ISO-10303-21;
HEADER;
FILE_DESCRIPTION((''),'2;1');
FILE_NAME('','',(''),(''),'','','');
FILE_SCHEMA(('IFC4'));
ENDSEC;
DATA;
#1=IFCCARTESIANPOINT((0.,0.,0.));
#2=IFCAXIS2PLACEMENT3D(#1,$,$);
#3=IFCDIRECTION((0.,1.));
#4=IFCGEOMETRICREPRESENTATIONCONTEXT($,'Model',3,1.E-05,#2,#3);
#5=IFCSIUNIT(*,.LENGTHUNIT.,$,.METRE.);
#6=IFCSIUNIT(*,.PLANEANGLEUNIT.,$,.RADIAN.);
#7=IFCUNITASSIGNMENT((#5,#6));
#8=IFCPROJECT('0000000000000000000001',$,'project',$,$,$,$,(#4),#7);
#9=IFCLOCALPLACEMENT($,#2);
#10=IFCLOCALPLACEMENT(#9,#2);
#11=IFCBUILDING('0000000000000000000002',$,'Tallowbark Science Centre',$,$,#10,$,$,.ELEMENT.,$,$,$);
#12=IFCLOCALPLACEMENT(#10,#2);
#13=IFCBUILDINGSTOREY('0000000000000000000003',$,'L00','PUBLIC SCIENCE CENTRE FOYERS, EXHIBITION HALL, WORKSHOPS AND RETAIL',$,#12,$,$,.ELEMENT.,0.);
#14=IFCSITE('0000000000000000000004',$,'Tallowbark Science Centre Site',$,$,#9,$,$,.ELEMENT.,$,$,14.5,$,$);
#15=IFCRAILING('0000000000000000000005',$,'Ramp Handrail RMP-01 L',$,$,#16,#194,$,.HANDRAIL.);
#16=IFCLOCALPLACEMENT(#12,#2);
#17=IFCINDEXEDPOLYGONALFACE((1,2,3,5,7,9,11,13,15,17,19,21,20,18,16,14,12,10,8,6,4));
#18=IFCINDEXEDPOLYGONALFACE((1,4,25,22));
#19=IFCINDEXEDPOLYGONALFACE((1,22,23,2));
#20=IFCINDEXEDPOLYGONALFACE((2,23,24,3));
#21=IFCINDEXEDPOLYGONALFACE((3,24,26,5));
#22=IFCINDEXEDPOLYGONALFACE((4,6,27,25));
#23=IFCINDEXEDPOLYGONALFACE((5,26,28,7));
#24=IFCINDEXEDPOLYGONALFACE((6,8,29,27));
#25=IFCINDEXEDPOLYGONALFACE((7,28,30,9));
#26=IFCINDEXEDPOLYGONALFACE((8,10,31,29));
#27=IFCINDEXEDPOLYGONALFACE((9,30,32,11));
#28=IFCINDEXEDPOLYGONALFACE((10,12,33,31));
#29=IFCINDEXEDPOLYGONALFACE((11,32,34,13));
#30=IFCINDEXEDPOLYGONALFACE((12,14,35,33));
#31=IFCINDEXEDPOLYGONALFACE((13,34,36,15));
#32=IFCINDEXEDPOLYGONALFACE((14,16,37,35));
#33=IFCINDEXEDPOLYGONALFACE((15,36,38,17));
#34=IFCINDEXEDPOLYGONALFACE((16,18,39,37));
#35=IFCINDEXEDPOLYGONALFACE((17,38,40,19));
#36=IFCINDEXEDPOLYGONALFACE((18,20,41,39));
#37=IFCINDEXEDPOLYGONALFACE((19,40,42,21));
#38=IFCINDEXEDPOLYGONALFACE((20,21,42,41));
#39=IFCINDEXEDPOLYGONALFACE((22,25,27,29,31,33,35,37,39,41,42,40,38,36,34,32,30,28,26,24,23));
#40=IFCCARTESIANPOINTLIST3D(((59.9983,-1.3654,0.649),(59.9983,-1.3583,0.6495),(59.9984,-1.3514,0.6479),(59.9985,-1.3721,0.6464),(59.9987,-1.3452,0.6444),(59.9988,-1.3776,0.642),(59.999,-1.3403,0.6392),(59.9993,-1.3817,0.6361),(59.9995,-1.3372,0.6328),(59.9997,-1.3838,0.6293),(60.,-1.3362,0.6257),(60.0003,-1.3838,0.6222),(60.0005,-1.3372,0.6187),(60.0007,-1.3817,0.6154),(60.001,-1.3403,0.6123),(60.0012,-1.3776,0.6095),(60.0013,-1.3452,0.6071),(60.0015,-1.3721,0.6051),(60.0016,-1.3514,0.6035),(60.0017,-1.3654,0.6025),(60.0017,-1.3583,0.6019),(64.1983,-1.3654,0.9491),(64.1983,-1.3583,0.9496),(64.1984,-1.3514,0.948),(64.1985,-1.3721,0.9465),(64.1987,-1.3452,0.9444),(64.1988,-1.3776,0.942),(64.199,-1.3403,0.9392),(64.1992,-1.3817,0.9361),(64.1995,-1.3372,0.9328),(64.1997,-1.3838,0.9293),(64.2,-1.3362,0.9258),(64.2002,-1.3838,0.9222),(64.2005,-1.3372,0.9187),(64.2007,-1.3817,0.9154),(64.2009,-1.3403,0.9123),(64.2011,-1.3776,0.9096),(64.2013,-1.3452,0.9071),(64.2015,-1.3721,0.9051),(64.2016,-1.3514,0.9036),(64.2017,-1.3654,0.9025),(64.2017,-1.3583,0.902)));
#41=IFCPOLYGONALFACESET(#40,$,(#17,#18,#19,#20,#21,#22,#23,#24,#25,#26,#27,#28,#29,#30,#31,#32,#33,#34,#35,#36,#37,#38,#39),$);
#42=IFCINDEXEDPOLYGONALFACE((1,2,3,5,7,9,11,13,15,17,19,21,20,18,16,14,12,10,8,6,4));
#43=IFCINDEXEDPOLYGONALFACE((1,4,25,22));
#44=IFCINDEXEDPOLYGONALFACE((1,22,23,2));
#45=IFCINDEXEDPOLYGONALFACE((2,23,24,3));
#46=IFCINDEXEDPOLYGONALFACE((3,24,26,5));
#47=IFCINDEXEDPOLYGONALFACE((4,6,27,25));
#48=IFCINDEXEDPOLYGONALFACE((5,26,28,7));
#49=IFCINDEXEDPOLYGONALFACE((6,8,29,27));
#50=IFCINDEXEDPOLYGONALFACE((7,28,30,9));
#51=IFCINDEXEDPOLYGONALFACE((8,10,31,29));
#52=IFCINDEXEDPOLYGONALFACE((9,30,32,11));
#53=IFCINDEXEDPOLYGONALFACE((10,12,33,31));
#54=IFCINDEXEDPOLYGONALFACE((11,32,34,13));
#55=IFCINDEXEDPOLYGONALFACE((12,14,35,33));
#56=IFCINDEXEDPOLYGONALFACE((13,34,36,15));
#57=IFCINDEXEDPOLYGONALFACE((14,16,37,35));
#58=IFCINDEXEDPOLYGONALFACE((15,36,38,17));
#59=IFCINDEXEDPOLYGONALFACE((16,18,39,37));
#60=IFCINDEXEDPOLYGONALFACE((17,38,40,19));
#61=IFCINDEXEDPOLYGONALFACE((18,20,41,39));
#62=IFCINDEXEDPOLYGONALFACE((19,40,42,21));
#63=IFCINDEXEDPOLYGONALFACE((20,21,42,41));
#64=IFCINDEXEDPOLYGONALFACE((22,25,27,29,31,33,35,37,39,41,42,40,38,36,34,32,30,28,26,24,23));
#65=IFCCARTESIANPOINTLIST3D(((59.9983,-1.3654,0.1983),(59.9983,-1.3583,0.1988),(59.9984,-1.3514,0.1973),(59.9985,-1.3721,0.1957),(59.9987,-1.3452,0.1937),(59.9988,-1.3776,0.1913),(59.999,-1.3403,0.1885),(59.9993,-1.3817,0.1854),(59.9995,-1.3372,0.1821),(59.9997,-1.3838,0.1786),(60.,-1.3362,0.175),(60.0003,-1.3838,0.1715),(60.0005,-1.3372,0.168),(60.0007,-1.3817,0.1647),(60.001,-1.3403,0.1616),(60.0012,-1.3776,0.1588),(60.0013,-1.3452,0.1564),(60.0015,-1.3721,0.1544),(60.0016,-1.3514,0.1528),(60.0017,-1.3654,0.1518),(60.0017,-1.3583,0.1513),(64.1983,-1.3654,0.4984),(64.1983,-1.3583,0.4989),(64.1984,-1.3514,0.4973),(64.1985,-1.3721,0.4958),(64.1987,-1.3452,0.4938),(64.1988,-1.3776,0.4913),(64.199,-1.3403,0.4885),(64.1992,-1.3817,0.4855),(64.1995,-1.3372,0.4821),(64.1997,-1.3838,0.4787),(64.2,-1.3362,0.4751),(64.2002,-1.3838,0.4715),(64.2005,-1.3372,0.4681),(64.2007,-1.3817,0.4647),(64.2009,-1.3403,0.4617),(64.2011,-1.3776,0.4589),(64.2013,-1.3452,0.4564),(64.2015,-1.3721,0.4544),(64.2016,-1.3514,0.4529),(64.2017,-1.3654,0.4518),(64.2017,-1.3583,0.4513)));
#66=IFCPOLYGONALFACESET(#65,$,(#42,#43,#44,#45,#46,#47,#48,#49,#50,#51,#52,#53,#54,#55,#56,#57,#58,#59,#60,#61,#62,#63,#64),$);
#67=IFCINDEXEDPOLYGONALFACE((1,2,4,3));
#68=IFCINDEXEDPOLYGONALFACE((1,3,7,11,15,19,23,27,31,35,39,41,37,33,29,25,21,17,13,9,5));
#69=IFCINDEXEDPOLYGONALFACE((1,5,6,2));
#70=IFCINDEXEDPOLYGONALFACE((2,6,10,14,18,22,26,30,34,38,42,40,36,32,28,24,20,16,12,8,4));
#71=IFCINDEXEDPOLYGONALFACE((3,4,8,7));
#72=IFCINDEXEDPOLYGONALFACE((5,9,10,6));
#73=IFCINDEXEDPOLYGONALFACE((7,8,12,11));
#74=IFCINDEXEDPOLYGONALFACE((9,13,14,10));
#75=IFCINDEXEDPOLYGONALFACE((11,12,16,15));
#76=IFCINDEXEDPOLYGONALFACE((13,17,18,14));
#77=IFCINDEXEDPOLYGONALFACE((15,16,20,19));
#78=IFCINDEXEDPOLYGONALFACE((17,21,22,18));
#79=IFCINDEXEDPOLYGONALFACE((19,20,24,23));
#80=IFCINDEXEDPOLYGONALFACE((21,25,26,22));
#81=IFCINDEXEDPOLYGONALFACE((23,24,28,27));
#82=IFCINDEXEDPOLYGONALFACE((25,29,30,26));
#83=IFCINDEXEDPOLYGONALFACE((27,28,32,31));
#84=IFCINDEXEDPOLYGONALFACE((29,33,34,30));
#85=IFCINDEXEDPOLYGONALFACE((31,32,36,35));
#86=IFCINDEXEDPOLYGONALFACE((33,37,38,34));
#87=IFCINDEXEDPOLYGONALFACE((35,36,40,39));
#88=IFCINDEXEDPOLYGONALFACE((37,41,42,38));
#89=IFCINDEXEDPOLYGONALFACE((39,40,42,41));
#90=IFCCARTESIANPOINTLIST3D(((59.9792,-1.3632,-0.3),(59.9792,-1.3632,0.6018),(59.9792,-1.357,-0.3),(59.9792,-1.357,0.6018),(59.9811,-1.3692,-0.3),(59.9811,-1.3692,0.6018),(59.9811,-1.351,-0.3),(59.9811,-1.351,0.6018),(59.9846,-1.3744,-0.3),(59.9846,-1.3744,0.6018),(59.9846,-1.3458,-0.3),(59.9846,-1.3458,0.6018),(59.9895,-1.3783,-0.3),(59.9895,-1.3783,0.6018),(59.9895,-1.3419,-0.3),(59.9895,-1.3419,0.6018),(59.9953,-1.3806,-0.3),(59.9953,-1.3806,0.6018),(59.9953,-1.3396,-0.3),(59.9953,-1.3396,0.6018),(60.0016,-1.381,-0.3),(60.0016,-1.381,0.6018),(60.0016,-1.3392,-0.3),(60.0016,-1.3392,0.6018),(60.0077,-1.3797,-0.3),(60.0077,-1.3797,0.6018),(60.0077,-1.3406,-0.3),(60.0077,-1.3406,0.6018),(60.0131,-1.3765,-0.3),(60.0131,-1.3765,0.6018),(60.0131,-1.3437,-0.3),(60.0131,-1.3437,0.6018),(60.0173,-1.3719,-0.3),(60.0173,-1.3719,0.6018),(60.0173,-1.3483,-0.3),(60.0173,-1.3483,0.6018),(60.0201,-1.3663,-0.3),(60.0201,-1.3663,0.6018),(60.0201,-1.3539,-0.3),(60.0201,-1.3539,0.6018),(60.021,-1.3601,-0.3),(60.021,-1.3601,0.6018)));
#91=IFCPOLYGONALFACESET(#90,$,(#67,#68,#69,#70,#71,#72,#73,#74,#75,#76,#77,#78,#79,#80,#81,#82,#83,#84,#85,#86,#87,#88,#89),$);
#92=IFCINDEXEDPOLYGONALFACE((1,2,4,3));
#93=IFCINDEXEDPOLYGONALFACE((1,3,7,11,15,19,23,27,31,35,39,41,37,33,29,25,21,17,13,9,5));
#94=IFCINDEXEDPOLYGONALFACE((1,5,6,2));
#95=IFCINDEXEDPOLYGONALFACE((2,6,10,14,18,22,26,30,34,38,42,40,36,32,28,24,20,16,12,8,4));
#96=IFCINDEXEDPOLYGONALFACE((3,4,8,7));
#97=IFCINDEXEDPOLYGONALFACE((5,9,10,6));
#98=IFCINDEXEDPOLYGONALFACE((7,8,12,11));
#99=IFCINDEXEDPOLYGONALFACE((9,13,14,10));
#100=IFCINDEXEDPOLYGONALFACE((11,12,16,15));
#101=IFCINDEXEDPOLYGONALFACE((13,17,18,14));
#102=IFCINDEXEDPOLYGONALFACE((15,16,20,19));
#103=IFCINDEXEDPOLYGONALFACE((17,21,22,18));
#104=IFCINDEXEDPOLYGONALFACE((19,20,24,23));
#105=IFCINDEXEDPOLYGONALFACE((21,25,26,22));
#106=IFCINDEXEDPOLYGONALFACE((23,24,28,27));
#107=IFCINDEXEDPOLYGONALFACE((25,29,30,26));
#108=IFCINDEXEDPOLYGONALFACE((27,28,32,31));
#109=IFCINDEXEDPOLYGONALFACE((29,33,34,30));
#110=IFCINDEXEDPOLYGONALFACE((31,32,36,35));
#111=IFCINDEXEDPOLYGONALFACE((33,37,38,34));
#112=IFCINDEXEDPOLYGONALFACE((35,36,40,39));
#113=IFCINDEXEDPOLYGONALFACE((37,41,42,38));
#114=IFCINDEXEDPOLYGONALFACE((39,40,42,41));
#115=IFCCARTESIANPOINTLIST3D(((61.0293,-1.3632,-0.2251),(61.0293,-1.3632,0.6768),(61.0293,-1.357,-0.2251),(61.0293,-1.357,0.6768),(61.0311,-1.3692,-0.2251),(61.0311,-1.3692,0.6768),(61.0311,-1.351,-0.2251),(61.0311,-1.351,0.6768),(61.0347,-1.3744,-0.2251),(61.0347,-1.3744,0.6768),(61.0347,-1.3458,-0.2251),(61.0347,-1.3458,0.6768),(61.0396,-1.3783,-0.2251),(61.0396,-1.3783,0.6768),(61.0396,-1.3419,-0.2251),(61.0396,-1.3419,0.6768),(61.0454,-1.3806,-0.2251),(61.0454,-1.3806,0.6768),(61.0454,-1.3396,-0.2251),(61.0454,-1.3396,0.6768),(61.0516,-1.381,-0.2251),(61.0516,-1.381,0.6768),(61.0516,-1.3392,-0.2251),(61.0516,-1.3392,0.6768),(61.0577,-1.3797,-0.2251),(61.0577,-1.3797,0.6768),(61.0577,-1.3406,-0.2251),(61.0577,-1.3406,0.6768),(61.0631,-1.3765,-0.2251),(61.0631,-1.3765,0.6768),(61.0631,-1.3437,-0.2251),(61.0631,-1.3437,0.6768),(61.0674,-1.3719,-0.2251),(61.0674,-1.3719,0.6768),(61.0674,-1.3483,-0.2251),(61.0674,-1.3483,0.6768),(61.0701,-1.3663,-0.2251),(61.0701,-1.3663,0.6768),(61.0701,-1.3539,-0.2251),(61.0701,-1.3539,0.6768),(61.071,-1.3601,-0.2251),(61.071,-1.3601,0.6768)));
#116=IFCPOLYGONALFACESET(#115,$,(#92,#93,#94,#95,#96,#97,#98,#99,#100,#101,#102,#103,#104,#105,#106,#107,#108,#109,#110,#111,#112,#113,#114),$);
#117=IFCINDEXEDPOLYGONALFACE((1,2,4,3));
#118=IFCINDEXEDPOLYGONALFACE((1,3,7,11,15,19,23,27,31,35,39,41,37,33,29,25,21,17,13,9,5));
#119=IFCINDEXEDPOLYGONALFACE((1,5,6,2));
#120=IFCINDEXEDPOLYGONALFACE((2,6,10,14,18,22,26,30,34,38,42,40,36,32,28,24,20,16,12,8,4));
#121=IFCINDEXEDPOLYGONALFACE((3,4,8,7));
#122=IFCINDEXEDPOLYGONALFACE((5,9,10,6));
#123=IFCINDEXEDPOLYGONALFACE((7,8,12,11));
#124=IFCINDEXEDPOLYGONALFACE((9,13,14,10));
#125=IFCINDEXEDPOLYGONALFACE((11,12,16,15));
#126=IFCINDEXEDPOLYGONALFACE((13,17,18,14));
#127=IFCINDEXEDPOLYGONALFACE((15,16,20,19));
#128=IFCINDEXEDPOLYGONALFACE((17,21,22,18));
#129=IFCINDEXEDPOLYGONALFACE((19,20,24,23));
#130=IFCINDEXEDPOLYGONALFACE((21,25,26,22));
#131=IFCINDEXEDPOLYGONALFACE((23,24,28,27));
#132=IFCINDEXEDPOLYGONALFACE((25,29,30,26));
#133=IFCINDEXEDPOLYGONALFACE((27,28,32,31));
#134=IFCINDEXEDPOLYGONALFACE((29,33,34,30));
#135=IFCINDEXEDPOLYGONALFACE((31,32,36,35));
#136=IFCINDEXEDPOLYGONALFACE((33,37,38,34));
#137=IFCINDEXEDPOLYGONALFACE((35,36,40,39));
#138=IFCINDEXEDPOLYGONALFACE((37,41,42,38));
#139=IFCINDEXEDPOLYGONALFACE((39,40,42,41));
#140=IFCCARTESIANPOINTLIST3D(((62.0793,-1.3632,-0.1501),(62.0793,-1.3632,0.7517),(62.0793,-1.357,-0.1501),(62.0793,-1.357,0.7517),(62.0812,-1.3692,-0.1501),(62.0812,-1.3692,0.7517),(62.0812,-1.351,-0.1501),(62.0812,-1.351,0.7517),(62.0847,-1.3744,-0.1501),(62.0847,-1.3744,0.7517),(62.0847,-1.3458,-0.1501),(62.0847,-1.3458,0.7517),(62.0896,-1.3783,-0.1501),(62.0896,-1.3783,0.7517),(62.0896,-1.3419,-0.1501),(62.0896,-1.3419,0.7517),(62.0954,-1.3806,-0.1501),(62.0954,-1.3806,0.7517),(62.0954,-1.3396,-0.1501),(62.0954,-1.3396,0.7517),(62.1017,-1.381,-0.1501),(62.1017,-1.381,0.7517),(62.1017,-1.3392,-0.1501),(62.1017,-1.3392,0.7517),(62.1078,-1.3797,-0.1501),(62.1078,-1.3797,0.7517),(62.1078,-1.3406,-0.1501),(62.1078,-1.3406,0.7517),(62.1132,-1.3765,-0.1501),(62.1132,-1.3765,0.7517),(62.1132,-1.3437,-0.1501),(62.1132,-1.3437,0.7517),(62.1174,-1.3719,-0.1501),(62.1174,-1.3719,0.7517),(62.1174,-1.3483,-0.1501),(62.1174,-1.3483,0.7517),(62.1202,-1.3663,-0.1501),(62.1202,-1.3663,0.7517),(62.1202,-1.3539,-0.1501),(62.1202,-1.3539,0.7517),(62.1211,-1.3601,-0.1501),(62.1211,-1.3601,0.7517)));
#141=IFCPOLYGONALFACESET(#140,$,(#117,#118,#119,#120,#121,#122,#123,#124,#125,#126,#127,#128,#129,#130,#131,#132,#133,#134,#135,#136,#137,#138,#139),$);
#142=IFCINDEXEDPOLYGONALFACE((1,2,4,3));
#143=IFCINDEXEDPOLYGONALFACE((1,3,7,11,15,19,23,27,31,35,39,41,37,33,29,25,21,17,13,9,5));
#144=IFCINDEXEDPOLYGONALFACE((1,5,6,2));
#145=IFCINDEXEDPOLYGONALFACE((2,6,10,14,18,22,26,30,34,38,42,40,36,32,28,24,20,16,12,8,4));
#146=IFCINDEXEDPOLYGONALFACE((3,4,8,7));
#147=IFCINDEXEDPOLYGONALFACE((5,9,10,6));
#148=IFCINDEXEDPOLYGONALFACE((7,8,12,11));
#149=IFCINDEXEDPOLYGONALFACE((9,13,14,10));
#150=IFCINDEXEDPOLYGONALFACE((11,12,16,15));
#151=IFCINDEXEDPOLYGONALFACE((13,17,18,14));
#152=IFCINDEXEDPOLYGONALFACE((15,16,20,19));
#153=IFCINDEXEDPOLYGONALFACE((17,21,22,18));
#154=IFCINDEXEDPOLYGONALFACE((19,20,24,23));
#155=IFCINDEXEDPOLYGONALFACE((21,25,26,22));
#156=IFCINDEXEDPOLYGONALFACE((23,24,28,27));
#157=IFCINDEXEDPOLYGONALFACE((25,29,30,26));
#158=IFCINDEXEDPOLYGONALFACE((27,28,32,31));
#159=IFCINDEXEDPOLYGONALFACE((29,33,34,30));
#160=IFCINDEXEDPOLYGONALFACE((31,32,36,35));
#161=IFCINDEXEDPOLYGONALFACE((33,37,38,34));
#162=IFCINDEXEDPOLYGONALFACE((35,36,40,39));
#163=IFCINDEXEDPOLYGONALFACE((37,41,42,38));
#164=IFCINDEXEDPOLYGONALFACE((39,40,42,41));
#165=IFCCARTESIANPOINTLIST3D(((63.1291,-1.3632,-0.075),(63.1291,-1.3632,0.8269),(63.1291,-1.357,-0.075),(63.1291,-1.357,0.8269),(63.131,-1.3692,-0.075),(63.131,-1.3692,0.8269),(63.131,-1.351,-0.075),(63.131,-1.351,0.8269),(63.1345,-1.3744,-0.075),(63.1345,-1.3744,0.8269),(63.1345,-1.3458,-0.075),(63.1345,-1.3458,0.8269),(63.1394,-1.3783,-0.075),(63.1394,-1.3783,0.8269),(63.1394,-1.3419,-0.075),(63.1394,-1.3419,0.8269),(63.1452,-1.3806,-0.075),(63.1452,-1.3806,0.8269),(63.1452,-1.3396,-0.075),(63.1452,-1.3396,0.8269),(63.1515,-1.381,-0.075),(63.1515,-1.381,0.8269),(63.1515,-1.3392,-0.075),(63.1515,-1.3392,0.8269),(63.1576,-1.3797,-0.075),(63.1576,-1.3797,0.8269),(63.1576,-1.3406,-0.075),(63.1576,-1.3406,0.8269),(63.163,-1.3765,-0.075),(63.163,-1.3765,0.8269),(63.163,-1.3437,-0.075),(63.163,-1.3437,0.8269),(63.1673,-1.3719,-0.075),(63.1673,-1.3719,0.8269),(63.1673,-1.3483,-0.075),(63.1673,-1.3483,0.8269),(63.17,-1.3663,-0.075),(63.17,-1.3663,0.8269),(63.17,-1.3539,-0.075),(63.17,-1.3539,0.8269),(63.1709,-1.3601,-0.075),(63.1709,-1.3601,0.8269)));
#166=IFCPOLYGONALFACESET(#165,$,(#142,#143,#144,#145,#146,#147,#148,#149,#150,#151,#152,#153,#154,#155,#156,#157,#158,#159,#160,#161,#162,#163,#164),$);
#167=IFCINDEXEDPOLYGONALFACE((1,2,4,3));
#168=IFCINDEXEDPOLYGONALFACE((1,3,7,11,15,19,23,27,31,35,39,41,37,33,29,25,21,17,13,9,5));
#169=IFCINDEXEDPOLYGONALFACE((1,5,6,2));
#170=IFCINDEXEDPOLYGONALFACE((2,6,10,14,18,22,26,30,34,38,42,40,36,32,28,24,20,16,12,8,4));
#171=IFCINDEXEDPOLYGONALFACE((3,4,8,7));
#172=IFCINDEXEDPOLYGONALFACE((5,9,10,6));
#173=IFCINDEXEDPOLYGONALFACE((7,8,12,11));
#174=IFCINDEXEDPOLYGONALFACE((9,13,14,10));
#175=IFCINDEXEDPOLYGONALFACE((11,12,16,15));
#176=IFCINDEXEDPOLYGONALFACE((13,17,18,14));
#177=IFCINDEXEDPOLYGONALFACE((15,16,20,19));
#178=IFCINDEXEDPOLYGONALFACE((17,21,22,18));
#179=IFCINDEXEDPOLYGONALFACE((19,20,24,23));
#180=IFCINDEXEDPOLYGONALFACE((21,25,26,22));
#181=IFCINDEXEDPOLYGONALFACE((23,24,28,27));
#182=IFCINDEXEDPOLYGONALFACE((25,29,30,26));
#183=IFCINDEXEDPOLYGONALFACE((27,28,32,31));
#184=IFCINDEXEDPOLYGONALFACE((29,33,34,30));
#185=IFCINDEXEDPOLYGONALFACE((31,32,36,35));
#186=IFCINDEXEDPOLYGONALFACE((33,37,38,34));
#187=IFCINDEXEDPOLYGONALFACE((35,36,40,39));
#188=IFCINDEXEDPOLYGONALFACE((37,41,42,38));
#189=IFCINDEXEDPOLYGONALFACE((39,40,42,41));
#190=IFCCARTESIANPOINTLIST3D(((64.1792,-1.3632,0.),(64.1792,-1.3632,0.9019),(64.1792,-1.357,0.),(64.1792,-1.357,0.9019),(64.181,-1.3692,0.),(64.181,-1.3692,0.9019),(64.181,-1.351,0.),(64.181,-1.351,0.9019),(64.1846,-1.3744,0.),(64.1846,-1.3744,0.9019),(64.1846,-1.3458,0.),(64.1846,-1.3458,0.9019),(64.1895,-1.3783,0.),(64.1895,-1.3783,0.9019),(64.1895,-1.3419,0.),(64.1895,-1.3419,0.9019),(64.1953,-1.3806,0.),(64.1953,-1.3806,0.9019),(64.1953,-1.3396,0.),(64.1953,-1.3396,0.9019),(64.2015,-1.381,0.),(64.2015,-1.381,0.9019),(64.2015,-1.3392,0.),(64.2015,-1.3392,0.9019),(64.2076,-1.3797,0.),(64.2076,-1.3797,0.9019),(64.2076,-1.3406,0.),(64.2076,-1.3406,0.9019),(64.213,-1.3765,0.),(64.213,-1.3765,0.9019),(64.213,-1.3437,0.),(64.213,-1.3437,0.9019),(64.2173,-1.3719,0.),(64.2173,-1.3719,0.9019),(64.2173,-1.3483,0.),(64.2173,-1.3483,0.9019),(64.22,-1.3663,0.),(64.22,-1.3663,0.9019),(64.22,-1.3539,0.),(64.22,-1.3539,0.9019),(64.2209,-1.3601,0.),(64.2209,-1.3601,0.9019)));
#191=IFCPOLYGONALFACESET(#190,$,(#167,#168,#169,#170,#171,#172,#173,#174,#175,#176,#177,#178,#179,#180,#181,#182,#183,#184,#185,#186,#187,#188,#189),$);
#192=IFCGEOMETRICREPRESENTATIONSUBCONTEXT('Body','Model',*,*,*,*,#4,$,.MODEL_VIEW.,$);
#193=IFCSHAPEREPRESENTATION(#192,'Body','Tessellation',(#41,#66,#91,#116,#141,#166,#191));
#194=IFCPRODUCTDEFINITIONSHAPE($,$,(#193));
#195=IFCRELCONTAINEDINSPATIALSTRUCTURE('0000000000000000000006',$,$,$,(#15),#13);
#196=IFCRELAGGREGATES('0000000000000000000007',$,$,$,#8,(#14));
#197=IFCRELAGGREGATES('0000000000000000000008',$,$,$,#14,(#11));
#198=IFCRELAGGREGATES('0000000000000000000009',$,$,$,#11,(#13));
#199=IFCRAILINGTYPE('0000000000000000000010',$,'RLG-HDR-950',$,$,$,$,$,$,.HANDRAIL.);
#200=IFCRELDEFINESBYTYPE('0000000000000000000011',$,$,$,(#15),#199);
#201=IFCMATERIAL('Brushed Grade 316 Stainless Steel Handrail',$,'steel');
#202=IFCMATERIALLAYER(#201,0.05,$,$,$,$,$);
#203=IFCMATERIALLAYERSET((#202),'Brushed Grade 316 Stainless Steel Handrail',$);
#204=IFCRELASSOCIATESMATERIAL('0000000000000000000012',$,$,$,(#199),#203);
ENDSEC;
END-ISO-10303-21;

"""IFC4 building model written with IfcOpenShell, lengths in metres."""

from ifc_helpers import new_model, si_unit, direction, frame, origin, origin_2d, place, context, subcontext, project, spatial, circle, extrude, material, layer, layer_set, type_object, element, save


model = new_model("IFC4")

# Units and contexts
model_context = context("Model", 3, precision=1e-05, world=origin(), true_north=direction((0.0, 1.0)))
body_context = subcontext(model_context, "Body", "Model", "MODEL_VIEW")
ifc_project = project(units=[si_unit("LENGTHUNIT", "METRE"), si_unit("PLANEANGLEUNIT", "RADIAN")], contexts=[model_context])

# Site, building, storey
site_placement = place(None, origin())
site = spatial("IfcSite", under=ifc_project, at=site_placement, Name="Tallowbark Science Centre Site", CompositionType="ELEMENT", RefElevation=14.5)
building_placement = place(site_placement, origin())
building = spatial("IfcBuilding", under=site, at=building_placement, Name="Tallowbark Science Centre", CompositionType="ELEMENT")
storey_placement = place(building_placement, origin())
storey = spatial("IfcBuildingStorey", under=building, at=storey_placement, Name="L00", Description="PUBLIC SCIENCE CENTRE FOYERS, EXHIBITION HALL, WORKSHOPS AND RETAIL", CompositionType="ELEMENT", Elevation=0.0)

# Railing
ifc_material_1 = material(Name="Brushed Grade 316 Stainless Steel Handrail", Category="steel")
ifc_layer_1 = layer(ifc_material_1, 0.05)
ifc_layer_set_1 = layer_set([ifc_layer_1], Name="Brushed Grade 316 Stainless Steel Handrail")
railing_type = type_object("IfcRailingType", Name="RLG-HDR-950", PredefinedType="HANDRAIL", material=ifc_layer_set_1)
for number, where, name in (
    (1, (60.0, -1.3601, -0.3), "Ramp Handrail RMP-01 L"),
):
    element("IfcRailing", number, at=place(storey_placement, frame(where)), inside=storey, type_object=railing_type, Name=name, PredefinedType="HANDRAIL", context=body_context, shape_type="SweptSolid", body=[
        extrude(circle(Radius=0.0239, at=origin_2d()), frame((0.0, 0.0, 0.9258), z_axis=(0.997458, 0.0, 0.071259), x_axis=(0.0, 1.0, 0.0)), (0.0, 0.0, 1.0), 4.2107),
        extrude(circle(Radius=0.0239, at=origin_2d()), frame((0.0, 0.0, 0.4751), z_axis=(0.997458, 0.0, 0.071259), x_axis=(0.0, 1.0, 0.0)), (0.0, 0.0, 1.0), 4.2107),
        extrude(circle(Radius=0.021, at=origin_2d()), origin(), (0.0, 0.0, 1.0), 0.9019),
        extrude(circle(Radius=0.021, at=origin_2d()), frame((1.05, 0.0, 0.075)), (0.0, 0.0, 1.0), 0.9019),
        extrude(circle(Radius=0.021, at=origin_2d()), frame((2.1001, 0.0, 0.1499)), (0.0, 0.0, 1.0), 0.9019),
        extrude(circle(Radius=0.021, at=origin_2d()), frame((3.1499, 0.0, 0.2251)), (0.0, 0.0, 1.0), 0.9019),
        extrude(circle(Radius=0.021, at=origin_2d()), frame((4.2, 0.0, 0.3)), (0.0, 0.0, 1.0), 0.9019),
    ])

save(model, "model.ifc")
